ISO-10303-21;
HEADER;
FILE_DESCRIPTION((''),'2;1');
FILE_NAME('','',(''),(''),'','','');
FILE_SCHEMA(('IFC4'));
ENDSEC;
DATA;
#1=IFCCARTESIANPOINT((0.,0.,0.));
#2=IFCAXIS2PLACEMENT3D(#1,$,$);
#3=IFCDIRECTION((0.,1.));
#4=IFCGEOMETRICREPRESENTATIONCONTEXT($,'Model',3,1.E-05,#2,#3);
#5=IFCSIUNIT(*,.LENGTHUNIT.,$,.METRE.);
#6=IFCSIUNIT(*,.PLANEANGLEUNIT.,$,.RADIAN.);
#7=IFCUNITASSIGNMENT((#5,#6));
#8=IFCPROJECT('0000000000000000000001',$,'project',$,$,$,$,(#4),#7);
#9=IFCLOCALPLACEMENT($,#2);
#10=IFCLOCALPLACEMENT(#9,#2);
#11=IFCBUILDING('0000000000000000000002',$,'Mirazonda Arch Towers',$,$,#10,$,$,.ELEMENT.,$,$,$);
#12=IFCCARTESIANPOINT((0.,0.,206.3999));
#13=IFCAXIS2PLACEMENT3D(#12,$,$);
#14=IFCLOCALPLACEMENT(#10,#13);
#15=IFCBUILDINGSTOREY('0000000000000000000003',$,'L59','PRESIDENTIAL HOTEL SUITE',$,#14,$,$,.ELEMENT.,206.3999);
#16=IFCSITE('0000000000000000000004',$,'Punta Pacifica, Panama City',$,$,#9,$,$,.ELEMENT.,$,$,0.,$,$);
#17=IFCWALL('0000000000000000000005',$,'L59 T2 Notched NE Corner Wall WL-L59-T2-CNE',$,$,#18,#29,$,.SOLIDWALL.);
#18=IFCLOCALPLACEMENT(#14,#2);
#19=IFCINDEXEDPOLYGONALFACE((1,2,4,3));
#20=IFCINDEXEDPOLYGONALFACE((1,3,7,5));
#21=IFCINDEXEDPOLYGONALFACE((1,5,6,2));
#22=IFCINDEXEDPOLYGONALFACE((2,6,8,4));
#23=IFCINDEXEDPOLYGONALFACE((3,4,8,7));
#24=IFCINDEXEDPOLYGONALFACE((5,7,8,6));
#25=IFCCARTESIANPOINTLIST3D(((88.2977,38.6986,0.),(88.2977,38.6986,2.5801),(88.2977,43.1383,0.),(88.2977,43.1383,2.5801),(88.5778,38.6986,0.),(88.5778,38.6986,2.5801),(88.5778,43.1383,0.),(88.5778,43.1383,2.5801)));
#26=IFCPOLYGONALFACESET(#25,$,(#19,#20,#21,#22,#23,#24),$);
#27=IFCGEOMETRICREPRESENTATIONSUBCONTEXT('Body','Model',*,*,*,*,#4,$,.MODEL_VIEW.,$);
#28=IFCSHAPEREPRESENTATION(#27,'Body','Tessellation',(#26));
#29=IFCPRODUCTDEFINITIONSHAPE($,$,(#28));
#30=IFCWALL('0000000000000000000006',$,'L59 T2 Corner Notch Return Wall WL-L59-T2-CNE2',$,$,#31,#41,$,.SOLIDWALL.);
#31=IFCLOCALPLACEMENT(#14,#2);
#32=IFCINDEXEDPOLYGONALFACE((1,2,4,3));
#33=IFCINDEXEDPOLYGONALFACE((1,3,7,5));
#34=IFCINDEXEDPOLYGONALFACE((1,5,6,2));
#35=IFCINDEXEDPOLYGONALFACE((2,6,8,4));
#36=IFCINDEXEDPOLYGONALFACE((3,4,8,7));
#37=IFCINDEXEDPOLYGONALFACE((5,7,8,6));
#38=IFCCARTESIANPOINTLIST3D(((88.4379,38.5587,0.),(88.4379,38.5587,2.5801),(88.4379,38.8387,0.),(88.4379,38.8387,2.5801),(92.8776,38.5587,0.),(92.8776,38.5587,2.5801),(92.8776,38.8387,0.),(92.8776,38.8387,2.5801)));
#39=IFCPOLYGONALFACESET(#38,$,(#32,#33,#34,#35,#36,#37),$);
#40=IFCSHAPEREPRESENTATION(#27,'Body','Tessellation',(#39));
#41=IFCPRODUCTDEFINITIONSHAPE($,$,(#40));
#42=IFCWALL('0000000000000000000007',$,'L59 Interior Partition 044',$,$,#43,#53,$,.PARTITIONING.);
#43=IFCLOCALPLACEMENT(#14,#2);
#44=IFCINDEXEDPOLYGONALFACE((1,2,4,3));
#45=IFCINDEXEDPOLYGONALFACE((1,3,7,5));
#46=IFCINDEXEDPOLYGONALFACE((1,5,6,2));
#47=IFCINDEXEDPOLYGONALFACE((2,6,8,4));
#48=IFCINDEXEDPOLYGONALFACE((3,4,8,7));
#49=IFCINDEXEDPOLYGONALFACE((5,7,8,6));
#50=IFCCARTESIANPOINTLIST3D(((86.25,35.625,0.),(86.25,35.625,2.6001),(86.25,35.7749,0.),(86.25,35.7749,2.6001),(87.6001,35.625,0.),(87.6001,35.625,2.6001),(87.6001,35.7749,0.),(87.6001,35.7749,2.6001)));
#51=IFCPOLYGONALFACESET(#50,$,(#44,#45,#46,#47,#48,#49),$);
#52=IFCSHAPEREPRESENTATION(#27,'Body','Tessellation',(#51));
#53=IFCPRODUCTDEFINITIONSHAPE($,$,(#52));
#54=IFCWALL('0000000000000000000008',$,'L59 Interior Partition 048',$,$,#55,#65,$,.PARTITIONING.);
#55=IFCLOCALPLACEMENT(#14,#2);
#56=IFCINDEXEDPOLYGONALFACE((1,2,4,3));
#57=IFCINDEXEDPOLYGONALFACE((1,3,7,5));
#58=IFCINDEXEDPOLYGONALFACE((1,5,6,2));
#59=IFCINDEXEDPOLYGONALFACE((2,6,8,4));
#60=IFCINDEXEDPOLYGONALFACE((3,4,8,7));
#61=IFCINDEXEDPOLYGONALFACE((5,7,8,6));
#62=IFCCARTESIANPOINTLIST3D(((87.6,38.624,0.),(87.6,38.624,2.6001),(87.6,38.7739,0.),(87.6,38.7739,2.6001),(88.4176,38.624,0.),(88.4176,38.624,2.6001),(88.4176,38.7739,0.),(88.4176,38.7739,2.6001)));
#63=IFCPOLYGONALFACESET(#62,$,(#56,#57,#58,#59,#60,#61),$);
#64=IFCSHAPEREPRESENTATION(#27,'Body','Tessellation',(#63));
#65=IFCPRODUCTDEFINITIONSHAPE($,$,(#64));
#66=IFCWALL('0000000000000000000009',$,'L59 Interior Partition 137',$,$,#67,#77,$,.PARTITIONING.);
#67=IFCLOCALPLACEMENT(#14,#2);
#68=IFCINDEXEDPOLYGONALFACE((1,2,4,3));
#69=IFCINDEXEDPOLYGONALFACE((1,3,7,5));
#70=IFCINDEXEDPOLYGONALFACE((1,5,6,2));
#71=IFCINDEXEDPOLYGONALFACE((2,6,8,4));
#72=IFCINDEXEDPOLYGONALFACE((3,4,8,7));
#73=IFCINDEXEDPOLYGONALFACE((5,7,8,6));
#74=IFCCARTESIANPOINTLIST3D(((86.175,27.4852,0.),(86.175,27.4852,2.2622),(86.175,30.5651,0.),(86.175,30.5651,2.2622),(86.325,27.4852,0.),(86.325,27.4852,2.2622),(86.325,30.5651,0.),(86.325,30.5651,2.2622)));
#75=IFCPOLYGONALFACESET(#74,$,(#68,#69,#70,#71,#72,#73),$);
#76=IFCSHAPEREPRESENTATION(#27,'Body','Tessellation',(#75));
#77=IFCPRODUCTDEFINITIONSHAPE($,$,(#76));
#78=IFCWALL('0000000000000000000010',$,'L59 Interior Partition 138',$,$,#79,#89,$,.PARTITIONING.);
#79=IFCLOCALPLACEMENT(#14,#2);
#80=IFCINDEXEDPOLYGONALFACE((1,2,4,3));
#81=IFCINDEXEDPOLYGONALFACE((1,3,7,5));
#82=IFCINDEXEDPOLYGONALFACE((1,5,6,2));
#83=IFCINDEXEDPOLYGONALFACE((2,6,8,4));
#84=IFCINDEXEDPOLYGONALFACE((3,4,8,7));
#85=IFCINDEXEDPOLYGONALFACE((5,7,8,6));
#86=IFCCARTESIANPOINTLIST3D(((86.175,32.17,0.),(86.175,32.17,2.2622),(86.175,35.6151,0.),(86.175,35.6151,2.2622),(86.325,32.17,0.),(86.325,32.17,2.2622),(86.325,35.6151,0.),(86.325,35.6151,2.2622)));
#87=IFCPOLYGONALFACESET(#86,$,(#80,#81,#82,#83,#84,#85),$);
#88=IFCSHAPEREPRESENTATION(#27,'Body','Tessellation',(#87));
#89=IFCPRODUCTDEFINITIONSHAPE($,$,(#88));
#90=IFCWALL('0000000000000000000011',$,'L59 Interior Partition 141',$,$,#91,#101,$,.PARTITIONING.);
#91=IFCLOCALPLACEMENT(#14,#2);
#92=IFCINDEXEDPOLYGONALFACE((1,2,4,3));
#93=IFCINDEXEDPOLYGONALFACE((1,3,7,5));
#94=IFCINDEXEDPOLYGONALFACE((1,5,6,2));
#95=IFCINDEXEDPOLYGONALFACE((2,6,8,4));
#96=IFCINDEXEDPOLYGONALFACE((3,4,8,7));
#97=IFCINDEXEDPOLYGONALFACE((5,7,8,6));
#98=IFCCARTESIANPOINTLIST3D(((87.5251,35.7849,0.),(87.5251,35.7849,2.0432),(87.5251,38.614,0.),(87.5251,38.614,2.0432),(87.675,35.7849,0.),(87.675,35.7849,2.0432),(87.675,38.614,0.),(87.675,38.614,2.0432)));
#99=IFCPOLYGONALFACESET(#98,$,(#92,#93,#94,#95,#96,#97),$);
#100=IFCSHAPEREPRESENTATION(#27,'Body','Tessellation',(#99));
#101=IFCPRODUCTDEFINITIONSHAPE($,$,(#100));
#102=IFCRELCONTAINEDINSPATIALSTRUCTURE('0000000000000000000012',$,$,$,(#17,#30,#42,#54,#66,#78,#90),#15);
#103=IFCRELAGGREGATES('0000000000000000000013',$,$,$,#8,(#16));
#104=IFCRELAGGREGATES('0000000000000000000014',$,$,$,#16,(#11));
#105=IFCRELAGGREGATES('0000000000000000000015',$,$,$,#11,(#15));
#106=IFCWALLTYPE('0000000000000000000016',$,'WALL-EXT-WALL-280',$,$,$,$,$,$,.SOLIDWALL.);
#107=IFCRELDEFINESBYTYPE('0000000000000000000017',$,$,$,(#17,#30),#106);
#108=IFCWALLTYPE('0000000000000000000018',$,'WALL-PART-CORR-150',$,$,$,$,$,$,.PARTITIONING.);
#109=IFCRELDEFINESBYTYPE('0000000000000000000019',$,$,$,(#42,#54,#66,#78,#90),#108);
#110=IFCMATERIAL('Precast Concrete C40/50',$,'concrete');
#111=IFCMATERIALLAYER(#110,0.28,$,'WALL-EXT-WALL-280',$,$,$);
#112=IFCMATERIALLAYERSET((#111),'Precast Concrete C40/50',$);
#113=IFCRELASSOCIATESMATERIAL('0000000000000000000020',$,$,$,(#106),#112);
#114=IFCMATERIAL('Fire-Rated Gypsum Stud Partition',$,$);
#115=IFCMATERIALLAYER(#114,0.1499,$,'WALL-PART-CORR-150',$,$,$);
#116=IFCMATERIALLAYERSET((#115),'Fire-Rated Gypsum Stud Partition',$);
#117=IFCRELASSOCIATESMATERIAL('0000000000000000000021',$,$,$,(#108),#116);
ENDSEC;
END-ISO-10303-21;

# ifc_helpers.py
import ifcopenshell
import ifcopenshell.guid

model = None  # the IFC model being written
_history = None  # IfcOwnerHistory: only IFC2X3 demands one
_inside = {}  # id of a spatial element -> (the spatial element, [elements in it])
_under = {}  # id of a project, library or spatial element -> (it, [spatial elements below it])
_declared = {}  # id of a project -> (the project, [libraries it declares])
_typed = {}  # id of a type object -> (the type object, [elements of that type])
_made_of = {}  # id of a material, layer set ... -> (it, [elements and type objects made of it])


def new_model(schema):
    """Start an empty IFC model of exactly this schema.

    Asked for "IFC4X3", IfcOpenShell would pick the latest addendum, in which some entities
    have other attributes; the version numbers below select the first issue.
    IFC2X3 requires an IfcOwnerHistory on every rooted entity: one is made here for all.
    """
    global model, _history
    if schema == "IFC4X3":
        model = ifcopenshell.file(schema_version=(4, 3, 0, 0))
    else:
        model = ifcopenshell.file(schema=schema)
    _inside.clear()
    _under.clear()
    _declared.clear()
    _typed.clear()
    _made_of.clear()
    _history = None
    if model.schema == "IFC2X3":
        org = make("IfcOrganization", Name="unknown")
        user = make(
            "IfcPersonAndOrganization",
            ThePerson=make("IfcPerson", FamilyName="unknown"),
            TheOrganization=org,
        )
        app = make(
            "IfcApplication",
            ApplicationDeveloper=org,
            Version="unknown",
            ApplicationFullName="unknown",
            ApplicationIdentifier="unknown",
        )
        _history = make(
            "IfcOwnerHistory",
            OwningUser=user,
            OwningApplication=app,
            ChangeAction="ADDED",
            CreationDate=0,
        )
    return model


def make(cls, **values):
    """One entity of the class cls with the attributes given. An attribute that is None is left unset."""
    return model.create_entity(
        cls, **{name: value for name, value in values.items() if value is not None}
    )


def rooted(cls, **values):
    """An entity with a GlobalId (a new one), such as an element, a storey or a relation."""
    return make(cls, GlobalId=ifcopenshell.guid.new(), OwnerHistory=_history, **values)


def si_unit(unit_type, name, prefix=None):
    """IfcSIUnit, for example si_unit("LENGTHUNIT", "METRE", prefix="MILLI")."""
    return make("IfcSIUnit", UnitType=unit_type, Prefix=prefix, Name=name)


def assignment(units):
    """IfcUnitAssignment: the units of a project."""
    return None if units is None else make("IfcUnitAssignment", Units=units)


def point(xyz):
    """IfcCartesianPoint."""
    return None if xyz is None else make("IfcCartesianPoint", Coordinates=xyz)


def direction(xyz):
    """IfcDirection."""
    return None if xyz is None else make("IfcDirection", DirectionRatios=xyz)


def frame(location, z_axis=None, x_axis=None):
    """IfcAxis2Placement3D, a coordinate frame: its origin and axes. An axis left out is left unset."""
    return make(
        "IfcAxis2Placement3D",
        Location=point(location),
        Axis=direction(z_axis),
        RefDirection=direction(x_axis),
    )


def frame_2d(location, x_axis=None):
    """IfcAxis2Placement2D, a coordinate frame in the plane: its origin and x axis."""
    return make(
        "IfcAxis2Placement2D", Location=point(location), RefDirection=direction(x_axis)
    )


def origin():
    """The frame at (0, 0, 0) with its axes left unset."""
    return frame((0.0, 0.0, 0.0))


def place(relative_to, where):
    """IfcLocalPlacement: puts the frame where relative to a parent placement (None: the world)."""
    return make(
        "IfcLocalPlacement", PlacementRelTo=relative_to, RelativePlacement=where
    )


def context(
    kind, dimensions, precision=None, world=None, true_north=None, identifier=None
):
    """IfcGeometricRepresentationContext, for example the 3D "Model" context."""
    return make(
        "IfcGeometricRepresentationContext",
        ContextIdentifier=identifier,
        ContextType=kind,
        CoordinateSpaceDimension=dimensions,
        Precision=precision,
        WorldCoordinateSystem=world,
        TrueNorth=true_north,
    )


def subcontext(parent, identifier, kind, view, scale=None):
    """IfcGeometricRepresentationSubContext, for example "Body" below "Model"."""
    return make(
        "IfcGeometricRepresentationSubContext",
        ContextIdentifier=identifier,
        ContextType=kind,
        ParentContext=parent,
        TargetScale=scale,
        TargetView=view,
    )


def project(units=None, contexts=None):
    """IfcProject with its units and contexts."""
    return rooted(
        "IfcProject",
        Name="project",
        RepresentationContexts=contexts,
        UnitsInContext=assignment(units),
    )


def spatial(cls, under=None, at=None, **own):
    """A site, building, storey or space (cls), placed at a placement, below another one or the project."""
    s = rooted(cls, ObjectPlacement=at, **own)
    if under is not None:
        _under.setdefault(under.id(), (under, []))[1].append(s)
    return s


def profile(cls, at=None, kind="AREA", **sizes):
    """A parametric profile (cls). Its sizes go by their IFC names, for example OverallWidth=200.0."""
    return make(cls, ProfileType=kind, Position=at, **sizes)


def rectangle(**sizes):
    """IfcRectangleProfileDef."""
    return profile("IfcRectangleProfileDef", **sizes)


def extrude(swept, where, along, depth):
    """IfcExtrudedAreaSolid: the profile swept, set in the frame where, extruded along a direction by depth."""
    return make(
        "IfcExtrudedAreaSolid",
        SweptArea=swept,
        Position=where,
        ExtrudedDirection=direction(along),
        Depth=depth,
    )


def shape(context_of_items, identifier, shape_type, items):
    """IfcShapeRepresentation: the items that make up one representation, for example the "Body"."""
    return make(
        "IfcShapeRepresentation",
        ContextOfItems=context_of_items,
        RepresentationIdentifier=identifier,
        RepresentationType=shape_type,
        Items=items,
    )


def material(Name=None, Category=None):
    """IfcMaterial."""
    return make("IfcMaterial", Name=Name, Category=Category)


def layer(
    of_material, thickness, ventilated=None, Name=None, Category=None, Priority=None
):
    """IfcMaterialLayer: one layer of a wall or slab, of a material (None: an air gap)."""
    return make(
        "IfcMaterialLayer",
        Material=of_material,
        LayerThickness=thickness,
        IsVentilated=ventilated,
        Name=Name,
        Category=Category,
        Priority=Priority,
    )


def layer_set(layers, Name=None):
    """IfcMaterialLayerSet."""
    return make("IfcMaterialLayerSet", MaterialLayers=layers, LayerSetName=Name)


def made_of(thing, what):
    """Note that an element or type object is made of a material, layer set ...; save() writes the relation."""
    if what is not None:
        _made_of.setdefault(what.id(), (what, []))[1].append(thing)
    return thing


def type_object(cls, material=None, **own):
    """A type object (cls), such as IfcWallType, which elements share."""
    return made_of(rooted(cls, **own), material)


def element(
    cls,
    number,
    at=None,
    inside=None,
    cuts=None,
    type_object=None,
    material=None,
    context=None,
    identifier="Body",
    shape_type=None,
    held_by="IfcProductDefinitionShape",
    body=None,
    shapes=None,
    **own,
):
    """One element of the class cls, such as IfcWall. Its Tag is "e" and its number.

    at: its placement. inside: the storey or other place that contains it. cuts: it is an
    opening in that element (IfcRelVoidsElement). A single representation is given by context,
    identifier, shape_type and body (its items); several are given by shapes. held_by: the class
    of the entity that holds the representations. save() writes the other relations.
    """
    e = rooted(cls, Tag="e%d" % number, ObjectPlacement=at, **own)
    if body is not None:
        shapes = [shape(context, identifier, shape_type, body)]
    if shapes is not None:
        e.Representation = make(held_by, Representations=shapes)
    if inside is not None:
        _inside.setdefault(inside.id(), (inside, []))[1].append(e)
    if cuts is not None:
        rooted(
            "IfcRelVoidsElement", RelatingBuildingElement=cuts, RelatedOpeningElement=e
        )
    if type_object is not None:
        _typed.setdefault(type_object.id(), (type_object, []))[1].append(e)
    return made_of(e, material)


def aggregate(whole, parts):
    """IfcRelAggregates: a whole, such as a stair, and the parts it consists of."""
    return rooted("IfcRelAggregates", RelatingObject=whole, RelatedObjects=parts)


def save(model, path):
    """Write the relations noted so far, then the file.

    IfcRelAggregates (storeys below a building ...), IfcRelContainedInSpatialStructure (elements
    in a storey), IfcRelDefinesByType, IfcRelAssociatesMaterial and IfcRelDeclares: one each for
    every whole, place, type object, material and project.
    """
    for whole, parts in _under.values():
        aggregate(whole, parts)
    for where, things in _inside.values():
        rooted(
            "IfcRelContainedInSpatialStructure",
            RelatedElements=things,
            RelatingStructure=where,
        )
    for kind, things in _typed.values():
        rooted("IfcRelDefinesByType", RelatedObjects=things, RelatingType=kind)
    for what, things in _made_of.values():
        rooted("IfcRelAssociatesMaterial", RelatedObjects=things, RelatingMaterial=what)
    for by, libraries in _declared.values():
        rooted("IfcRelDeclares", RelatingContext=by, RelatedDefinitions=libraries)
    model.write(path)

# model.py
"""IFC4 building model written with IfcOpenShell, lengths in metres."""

from ifc_helpers import new_model, si_unit, direction, frame, frame_2d, origin, place, context, subcontext, project, spatial, rectangle, extrude, material, layer, layer_set, type_object, element, save


model = new_model("IFC4")

# Units and contexts
model_context = context("Model", 3, precision=1e-05, world=origin(), true_north=direction((0.0, 1.0)))
body_context = subcontext(model_context, "Body", "Model", "MODEL_VIEW")
ifc_project = project(units=[si_unit("LENGTHUNIT", "METRE"), si_unit("PLANEANGLEUNIT", "RADIAN")], contexts=[model_context])

# Site, building, storey
site_placement = place(None, origin())
site = spatial("IfcSite", under=ifc_project, at=site_placement, Name="Punta Pacifica, Panama City", CompositionType="ELEMENT", RefElevation=0.0)
building_placement = place(site_placement, origin())
building = spatial("IfcBuilding", under=site, at=building_placement, Name="Mirazonda Arch Towers", CompositionType="ELEMENT")
storey_placement = place(building_placement, frame((0.0, 0.0, 206.3999)))
storey = spatial("IfcBuildingStorey", under=building, at=storey_placement, Name="L59", Description="PRESIDENTIAL HOTEL SUITE", CompositionType="ELEMENT", Elevation=206.3999)

# Walls
ifc_material_1 = material(Name="Precast Concrete C40/50", Category="concrete")
ifc_layer_1 = layer(ifc_material_1, 0.28, Name="WALL-EXT-WALL-280")
ifc_layer_set_1 = layer_set([ifc_layer_1], Name="Precast Concrete C40/50")
wall_type_1 = type_object("IfcWallType", Name="WALL-EXT-WALL-280", PredefinedType="SOLIDWALL", material=ifc_layer_set_1)
for number, where, z_axis, x_axis, name in (
    (1, (88.4377, 38.6987, 0.0), (0.0, 0.0, 1.0), (0.0, 1.0, 0.0), "L59 T2 Notched NE Corner Wall WL-L59-T2-CNE"),
    (2, (92.8774, 38.6987, 0.0), (0.0, 0.0, 1.0), (-1.0, 0.0, 0.0), "L59 T2 Corner Notch Return Wall WL-L59-T2-CNE2"),
):
    element("IfcWall", number, at=place(storey_placement, frame(where, z_axis=z_axis, x_axis=x_axis)), inside=storey, type_object=wall_type_1, Name=name, PredefinedType="SOLIDWALL", context=body_context, shape_type="SweptSolid", body=[
        extrude(rectangle(XDim=4.4397, YDim=0.28, at=frame_2d((2.2197, 0.0))), origin(), (0.0, 0.0, 1.0), 2.5801),
    ])
ifc_material_2 = material(Name="Fire-Rated Gypsum Stud Partition")
ifc_layer_2 = layer(ifc_material_2, 0.1499, Name="WALL-PART-CORR-150")
ifc_layer_set_2 = layer_set([ifc_layer_2], Name="Fire-Rated Gypsum Stud Partition")
wall_type_2 = type_object("IfcWallType", Name="WALL-PART-CORR-150", PredefinedType="PARTITIONING", material=ifc_layer_set_2)
wall_1_placement = place(storey_placement, frame((86.25, 35.7, 0.0), z_axis=(0.0, 0.0, 1.0), x_axis=(1.0, 0.0, 0.0)))
element("IfcWall", 3, at=wall_1_placement, inside=storey, type_object=wall_type_2, Name="L59 Interior Partition 044", PredefinedType="PARTITIONING", context=body_context, shape_type="SweptSolid", body=[
    extrude(rectangle(XDim=1.3501, YDim=0.1499, at=frame_2d((0.675, 0.0))), origin(), (0.0, 0.0, 1.0), 2.6001),
])
wall_2_placement = place(storey_placement, frame((87.6001, 38.699, 0.0), z_axis=(0.0, 0.0, 1.0), x_axis=(1.0, 0.0, 0.0)))
element("IfcWall", 4, at=wall_2_placement, inside=storey, type_object=wall_type_2, Name="L59 Interior Partition 048", PredefinedType="PARTITIONING", context=body_context, shape_type="SweptSolid", body=[
    extrude(rectangle(XDim=0.8176, YDim=0.1499, at=frame_2d((0.4087, 0.0))), origin(), (0.0, 0.0, 1.0), 2.6001),
])
wall_3_placement = place(storey_placement, frame((86.25, 27.4851, 0.0), z_axis=(0.0, 0.0, 1.0), x_axis=(0.0, 1.0, 0.0)))
element("IfcWall", 5, at=wall_3_placement, inside=storey, type_object=wall_type_2, Name="L59 Interior Partition 137", PredefinedType="PARTITIONING", context=body_context, shape_type="SweptSolid", body=[
    extrude(rectangle(XDim=3.0798, YDim=0.1499, at=frame_2d((1.54, 0.0))), origin(), (0.0, 0.0, 1.0), 2.2622),
])
wall_4_placement = place(storey_placement, frame((86.25, 32.1699, 0.0), z_axis=(0.0, 0.0, 1.0), x_axis=(0.0, 1.0, 0.0)))
element("IfcWall", 6, at=wall_4_placement, inside=storey, type_object=wall_type_2, Name="L59 Interior Partition 138", PredefinedType="PARTITIONING", context=body_context, shape_type="SweptSolid", body=[
    extrude(rectangle(XDim=3.4451, YDim=0.1499, at=frame_2d((1.7227, 0.0))), origin(), (0.0, 0.0, 1.0), 2.2622),
])
wall_5_placement = place(storey_placement, frame((87.6001, 35.7849, 0.0), z_axis=(0.0, 0.0, 1.0), x_axis=(0.0, 1.0, 0.0)))
element("IfcWall", 7, at=wall_5_placement, inside=storey, type_object=wall_type_2, Name="L59 Interior Partition 141", PredefinedType="PARTITIONING", context=body_context, shape_type="SweptSolid", body=[
    extrude(rectangle(XDim=2.8291, YDim=0.1499, at=frame_2d((1.4146, 0.0))), origin(), (0.0, 0.0, 1.0), 2.0432),
])

save(model, "model.ifc")
